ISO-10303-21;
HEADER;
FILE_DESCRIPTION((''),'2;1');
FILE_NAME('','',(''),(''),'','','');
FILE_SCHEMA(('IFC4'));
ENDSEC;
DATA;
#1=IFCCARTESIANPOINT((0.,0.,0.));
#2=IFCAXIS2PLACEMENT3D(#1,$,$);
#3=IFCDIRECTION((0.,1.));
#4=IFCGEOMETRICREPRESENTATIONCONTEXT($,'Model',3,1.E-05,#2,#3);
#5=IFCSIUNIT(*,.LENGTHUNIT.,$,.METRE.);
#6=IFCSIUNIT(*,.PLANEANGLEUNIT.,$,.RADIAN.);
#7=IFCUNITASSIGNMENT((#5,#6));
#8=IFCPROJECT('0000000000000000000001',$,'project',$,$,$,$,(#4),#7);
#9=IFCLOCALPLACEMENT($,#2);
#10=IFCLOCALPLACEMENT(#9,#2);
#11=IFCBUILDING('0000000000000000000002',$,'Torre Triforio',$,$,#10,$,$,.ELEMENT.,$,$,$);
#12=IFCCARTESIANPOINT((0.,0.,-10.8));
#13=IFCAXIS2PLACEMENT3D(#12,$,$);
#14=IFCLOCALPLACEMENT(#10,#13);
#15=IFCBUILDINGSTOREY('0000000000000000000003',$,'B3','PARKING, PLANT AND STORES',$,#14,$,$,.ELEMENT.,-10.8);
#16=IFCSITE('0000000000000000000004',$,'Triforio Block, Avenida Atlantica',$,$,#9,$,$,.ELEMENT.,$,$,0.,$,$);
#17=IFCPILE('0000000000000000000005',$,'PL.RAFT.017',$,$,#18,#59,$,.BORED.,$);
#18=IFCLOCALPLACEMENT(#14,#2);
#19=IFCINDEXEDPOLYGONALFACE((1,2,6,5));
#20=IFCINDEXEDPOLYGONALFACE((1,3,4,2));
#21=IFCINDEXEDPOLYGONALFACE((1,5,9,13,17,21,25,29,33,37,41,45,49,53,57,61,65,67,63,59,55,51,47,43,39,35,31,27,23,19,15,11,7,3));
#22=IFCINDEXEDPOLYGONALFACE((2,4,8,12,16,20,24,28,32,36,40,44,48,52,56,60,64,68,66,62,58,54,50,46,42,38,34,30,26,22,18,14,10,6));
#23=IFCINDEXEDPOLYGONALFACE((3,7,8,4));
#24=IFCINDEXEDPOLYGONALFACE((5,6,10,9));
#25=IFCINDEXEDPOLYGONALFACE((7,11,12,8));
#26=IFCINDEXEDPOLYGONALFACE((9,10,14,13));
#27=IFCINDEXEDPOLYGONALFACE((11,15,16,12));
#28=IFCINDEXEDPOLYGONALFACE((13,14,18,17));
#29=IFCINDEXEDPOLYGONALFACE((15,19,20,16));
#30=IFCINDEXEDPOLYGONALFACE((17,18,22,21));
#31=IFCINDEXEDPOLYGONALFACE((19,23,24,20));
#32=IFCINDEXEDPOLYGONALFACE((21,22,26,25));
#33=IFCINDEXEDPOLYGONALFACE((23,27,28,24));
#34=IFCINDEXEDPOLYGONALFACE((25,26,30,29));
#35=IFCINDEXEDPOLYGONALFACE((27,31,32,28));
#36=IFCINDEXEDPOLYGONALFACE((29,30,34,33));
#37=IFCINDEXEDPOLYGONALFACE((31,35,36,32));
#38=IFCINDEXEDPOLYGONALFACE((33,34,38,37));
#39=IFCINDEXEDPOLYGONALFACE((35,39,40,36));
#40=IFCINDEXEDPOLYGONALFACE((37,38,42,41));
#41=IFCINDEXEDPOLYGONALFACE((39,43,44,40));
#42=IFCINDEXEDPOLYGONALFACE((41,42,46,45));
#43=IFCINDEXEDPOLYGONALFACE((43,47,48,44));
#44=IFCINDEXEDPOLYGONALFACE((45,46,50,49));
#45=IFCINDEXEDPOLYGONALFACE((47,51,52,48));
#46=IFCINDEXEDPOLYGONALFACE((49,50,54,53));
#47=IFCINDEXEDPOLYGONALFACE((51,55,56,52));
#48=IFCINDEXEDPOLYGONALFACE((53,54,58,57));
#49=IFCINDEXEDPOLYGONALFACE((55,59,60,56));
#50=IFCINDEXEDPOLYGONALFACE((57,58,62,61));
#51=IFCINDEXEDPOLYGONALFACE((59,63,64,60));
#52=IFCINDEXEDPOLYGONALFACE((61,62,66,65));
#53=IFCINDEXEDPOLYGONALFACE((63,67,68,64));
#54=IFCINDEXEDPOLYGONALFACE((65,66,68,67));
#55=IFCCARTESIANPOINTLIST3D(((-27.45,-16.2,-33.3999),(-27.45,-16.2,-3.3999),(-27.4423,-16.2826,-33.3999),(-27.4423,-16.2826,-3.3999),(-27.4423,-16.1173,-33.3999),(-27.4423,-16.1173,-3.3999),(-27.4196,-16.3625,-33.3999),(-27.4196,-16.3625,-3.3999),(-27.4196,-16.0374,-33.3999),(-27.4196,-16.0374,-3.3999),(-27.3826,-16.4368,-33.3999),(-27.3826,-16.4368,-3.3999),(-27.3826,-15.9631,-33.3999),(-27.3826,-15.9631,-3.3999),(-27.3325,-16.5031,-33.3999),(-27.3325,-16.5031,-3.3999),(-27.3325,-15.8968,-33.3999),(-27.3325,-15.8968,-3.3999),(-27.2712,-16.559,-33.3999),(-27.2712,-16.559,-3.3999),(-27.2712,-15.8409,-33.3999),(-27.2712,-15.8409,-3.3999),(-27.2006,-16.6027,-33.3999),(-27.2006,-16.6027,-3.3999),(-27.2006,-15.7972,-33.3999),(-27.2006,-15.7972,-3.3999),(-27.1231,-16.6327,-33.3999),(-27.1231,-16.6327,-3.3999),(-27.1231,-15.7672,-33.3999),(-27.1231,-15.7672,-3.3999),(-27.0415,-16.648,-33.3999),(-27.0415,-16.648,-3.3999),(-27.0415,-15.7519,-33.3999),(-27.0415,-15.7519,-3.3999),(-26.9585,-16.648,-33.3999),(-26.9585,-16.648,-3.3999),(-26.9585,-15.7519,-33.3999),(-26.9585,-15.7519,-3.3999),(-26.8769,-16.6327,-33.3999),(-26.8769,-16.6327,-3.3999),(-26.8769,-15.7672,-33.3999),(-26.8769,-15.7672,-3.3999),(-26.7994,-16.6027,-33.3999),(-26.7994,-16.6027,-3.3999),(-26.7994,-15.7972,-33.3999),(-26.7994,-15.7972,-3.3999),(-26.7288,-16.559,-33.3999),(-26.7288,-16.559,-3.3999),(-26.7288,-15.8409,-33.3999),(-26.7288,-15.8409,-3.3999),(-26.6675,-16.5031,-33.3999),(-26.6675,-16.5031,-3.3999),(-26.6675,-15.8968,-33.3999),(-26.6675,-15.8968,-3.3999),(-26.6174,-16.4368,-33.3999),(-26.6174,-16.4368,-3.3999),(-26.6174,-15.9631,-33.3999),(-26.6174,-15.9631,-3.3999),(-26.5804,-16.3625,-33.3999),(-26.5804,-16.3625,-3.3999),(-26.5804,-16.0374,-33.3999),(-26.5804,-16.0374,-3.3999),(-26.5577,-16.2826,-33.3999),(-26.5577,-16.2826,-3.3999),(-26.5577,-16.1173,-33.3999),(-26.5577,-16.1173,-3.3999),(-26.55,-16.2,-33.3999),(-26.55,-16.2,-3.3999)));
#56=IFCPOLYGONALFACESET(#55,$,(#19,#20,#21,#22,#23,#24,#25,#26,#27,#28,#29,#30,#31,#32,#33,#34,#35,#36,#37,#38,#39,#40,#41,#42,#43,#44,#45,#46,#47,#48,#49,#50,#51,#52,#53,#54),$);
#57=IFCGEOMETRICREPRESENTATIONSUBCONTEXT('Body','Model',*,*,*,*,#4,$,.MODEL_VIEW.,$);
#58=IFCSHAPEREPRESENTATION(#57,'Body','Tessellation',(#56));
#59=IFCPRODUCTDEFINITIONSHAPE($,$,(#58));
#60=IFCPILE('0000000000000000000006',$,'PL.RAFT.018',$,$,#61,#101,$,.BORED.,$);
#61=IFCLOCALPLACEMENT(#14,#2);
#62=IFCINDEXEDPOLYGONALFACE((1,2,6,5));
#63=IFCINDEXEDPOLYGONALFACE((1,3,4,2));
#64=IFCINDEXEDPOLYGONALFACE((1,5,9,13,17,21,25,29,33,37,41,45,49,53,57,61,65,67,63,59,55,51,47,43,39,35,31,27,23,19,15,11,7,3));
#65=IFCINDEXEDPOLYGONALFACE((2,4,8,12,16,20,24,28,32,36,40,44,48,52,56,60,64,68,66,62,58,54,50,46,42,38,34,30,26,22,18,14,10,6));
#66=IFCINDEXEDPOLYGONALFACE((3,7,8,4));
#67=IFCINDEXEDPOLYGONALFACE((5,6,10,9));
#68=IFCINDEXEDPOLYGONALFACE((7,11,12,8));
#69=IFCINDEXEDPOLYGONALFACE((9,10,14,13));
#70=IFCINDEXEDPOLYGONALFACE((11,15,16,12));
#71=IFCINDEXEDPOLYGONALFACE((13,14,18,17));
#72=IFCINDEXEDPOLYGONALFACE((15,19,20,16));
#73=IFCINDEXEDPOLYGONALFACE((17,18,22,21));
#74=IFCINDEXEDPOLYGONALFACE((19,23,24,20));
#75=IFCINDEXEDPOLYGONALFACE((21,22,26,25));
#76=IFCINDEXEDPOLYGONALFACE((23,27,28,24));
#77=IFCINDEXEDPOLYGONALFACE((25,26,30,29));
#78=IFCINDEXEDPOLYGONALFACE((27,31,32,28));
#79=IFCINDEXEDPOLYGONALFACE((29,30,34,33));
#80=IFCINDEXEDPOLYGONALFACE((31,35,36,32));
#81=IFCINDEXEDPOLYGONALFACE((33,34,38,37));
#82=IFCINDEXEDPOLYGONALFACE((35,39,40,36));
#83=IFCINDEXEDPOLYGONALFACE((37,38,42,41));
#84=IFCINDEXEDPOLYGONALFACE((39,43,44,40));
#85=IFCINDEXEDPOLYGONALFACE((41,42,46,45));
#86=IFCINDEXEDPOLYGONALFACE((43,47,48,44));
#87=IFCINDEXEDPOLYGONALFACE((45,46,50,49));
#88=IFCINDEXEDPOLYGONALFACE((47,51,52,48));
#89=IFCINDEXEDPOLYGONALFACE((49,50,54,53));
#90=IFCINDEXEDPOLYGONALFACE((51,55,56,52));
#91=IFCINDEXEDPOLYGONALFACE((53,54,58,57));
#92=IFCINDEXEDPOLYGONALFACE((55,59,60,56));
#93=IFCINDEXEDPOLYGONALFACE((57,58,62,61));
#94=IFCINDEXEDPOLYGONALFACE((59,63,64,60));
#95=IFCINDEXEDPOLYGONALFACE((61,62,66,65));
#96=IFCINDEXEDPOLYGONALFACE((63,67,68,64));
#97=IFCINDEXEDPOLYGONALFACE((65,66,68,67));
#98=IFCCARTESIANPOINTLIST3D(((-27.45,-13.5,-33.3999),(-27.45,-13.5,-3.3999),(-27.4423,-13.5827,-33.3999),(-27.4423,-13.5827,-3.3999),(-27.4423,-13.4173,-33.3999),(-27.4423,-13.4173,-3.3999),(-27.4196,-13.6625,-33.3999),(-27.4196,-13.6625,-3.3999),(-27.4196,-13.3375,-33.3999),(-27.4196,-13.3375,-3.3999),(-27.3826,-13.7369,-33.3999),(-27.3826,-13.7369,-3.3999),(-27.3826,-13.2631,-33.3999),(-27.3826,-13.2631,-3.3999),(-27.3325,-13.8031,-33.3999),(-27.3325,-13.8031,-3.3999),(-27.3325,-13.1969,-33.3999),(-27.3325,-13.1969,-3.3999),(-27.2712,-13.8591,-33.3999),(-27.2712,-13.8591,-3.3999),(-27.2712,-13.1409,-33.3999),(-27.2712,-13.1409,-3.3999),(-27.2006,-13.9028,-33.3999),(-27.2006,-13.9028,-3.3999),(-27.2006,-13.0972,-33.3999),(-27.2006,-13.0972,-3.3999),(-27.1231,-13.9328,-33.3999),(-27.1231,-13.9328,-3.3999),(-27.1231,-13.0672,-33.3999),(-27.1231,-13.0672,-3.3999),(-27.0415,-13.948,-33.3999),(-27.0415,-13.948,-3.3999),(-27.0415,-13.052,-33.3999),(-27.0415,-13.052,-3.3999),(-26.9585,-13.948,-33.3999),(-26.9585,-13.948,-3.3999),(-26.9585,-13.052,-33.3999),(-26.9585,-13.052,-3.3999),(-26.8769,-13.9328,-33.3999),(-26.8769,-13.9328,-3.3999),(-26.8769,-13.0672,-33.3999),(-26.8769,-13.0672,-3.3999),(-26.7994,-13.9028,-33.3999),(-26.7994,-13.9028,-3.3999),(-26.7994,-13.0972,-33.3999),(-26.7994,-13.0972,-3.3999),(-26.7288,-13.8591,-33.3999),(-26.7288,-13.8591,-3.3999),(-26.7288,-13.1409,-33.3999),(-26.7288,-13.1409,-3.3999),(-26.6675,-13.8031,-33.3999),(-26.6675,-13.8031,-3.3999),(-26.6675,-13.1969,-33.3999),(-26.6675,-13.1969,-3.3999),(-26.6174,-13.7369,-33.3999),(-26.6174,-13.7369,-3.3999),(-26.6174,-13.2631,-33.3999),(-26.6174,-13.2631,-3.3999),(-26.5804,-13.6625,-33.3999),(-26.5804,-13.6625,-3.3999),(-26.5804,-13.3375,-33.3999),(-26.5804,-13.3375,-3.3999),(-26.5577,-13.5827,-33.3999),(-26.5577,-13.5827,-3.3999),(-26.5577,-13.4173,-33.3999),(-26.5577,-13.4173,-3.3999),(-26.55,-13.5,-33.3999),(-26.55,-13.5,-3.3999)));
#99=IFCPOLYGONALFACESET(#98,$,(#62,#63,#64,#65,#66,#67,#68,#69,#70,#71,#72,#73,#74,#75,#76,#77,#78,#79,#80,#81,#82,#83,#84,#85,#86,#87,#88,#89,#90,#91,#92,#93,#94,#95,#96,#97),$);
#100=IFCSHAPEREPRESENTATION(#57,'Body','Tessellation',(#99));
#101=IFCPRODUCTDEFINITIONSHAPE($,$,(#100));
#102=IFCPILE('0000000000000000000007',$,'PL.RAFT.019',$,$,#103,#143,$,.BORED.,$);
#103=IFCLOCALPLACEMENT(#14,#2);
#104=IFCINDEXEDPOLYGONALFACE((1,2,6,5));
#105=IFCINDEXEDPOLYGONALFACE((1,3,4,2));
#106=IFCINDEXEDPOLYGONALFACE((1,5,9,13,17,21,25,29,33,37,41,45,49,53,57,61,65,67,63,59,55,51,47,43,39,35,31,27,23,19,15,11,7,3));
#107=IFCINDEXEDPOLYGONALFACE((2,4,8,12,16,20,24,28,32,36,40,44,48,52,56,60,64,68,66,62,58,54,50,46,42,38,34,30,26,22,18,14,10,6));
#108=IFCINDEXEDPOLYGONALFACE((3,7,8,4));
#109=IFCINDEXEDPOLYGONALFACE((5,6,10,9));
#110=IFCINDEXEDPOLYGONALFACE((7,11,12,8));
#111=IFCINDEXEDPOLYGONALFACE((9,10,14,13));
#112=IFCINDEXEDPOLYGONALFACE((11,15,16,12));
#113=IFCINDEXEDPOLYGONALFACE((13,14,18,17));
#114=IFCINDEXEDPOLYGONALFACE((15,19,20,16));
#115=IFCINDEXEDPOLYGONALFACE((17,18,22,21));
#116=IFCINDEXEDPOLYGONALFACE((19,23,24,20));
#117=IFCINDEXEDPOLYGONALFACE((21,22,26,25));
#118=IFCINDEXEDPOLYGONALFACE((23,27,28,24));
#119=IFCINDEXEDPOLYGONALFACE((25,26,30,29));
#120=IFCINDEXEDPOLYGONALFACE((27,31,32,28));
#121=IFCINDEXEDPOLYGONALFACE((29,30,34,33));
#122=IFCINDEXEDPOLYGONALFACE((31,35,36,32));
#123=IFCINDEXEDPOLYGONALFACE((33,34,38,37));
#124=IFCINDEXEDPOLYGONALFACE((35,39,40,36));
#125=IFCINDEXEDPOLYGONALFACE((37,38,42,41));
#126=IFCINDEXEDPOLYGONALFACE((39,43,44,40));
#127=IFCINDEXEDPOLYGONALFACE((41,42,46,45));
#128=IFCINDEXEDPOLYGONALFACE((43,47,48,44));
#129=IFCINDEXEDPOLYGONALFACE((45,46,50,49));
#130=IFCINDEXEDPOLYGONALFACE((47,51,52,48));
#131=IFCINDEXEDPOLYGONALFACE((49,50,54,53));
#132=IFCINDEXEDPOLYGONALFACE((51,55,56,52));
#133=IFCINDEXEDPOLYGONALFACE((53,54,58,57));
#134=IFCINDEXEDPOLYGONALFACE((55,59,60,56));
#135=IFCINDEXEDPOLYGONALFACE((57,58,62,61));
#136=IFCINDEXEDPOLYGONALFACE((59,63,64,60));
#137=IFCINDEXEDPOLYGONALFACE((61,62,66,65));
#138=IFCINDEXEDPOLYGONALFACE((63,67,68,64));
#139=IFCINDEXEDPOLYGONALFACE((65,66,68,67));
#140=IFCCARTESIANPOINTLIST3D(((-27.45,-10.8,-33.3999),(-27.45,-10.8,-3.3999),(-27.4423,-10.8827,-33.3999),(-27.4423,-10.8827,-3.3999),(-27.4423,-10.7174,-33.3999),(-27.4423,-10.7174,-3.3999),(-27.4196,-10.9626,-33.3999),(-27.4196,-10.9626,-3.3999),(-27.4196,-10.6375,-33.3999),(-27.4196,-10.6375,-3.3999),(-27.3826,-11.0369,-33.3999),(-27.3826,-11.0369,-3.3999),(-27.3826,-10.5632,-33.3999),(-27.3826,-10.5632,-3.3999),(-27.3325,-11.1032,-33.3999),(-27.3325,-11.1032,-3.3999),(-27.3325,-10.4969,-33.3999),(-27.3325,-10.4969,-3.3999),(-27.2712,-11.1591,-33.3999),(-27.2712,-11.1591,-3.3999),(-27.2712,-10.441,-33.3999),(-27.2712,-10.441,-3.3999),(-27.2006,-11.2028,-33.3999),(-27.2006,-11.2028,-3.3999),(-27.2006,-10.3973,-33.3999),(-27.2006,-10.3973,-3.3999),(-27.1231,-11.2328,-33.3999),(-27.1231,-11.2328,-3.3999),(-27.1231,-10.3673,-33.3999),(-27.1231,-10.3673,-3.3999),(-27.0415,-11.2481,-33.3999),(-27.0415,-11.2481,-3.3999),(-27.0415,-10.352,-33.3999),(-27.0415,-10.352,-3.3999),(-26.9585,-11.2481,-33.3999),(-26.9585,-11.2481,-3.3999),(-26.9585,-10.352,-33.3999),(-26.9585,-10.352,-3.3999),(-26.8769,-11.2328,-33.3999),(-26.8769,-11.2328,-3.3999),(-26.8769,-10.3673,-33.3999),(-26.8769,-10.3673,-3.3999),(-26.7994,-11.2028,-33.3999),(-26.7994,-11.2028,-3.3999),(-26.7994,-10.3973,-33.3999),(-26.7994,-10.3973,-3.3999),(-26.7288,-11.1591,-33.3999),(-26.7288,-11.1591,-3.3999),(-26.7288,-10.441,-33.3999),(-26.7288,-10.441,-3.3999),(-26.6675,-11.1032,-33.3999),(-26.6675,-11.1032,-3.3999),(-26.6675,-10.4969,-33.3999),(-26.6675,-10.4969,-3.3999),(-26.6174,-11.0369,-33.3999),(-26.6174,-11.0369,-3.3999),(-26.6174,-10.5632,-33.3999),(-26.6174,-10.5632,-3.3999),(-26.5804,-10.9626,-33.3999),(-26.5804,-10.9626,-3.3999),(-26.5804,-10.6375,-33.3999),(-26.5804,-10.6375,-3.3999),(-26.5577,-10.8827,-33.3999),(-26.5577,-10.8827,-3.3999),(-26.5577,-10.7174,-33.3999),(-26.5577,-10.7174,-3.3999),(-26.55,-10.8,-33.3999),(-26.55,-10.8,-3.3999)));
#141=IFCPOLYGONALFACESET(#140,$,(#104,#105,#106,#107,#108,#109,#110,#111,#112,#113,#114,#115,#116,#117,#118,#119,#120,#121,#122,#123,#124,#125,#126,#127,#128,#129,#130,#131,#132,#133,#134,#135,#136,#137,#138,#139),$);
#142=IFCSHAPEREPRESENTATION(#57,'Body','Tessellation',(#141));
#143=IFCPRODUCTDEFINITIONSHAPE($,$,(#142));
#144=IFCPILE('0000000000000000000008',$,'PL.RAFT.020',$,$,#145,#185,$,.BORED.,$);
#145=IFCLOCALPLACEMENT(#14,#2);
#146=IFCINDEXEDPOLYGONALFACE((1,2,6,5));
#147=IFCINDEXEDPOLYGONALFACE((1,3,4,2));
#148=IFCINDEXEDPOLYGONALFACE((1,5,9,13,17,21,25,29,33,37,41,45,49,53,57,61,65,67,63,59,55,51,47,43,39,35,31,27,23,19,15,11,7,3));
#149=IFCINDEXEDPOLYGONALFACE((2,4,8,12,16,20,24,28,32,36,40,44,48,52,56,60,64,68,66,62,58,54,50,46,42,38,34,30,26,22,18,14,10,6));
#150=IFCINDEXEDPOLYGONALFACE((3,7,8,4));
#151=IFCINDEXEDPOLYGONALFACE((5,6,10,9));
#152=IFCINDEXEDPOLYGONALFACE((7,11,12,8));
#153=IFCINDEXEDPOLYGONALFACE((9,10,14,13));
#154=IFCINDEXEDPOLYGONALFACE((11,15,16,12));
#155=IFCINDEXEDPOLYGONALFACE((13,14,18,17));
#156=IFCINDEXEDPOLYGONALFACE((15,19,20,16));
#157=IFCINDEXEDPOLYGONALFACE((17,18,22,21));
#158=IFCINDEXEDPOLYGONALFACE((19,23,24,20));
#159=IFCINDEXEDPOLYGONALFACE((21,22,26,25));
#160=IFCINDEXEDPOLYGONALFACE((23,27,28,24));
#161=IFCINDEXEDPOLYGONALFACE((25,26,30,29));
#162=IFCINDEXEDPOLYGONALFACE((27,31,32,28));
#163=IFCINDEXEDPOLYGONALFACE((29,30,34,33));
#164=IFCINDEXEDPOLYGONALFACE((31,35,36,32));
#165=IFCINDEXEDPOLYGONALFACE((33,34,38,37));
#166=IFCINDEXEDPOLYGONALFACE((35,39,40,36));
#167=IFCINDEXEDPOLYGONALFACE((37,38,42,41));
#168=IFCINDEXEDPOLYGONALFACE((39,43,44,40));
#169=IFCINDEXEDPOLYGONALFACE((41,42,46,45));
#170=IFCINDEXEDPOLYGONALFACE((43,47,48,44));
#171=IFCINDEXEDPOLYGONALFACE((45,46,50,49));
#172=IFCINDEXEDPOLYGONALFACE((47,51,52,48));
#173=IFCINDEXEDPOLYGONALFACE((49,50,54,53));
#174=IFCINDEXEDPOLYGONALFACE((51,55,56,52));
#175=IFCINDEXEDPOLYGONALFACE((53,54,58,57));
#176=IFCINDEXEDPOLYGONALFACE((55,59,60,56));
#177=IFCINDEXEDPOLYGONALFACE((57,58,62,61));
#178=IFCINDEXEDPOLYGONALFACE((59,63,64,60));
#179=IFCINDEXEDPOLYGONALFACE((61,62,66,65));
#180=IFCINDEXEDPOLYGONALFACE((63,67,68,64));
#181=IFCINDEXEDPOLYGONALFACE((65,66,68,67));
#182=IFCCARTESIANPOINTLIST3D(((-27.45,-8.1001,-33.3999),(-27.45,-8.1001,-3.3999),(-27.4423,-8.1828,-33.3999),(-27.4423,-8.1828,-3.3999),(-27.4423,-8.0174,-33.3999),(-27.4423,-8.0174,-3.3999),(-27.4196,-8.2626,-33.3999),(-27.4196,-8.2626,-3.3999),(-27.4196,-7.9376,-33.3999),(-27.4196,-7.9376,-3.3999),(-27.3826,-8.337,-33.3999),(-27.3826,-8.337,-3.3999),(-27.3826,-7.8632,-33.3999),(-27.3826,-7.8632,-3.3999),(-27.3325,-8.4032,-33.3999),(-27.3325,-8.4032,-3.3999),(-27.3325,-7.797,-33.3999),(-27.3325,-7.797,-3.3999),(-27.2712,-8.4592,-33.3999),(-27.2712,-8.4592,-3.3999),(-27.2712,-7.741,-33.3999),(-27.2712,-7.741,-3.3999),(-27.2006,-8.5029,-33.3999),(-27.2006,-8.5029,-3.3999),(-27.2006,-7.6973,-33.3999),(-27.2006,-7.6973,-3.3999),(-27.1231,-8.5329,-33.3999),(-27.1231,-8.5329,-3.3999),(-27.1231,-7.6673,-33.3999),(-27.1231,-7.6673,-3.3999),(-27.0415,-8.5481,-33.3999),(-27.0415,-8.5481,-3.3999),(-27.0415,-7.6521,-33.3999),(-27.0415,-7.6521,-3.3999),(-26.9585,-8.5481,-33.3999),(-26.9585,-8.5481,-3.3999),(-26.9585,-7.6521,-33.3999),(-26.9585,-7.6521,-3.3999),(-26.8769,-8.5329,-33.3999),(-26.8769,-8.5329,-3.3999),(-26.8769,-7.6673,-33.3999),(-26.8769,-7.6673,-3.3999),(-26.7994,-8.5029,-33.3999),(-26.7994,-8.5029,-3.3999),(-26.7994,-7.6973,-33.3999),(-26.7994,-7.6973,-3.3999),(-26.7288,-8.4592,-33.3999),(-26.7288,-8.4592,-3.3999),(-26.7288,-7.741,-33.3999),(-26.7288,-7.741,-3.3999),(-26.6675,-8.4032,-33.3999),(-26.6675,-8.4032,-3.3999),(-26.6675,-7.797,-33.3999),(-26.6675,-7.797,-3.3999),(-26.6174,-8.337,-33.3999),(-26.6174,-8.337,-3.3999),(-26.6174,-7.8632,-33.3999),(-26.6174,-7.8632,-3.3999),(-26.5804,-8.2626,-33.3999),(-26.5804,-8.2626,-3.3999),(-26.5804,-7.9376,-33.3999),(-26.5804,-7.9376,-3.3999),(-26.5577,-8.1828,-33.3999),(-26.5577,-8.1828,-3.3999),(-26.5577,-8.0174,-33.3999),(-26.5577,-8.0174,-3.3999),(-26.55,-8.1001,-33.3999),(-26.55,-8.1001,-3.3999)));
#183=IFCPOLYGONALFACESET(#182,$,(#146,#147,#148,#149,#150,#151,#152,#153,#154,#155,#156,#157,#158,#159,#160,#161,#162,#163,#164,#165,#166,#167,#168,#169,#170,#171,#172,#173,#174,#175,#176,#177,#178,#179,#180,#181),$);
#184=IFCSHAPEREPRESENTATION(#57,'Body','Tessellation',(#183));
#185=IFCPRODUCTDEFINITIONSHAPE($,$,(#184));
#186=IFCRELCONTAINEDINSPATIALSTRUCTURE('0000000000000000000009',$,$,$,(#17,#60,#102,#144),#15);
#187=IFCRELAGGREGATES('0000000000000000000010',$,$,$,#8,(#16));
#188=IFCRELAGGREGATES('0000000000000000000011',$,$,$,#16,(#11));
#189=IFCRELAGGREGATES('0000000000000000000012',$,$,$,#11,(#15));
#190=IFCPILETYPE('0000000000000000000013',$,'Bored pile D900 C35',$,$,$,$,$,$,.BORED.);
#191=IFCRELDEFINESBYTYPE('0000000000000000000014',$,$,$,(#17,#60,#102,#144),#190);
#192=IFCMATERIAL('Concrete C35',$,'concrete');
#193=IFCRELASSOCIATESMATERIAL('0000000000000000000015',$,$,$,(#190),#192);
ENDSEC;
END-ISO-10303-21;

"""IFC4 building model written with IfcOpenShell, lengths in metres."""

from ifc_helpers import new_model, si_unit, direction, frame, origin, origin_2d, place, context, subcontext, project, spatial, circle, extrude, material, material_profile, profile_set, type_object, element, save


model = new_model("IFC4")

# Units and contexts
model_context = context("Model", 3, precision=1e-05, world=origin(), true_north=direction((0.0, 1.0)))
body_context = subcontext(model_context, "Body", "Model", "MODEL_VIEW")
ifc_project = project(units=[si_unit("LENGTHUNIT", "METRE"), si_unit("PLANEANGLEUNIT", "RADIAN")], contexts=[model_context])

# Site, building, storey
site_placement = place(None, origin())
site = spatial("IfcSite", under=ifc_project, at=site_placement, Name="Triforio Block, Avenida Atlantica", CompositionType="ELEMENT", RefElevation=0.0)
building_placement = place(site_placement, origin())
building = spatial("IfcBuilding", under=site, at=building_placement, Name="Torre Triforio", CompositionType="ELEMENT")
storey_placement = place(building_placement, frame((0.0, 0.0, -10.8)))
storey = spatial("IfcBuildingStorey", under=building, at=storey_placement, Name="B3", Description="PARKING, PLANT AND STORES", CompositionType="ELEMENT", Elevation=-10.8)

# Piles
ifc_material_1 = material(Name="Concrete C35", Category="concrete")
ifc_material_profile_1 = material_profile(ifc_material_1, circle(Radius=0.45, at=origin_2d()), Name="RC D900")
ifc_profile_set_1 = profile_set([ifc_material_profile_1], Name="Concrete C35")
pile_type = type_object("IfcPileType", Name="Bored pile D900 C35", PredefinedType="BORED", material=ifc_profile_set_1)
for number, where, z_axis, x_axis, name in (
    (1, (-27.0, -16.2, -3.3999), (0.0, 0.0, -1.0), (1.0, 0.0, 0.0), "PL.RAFT.017"),
    (2, (-27.0, -13.5, -3.3999), (0.0, 0.0, -1.0), (1.0, 0.0, 0.0), "PL.RAFT.018"),
    (3, (-27.0, -10.8, -3.3999), (0.0, 0.0, -1.0), (1.0, 0.0, 0.0), "PL.RAFT.019"),
    (4, (-27.0, -8.1001, -3.3999), (0.0, 0.0, -1.0), (1.0, 0.0, 0.0), "PL.RAFT.020"),
):
    element("IfcPile", number, at=place(storey_placement, frame(where, z_axis=z_axis, x_axis=x_axis)), inside=storey, type_object=pile_type, Name=name, PredefinedType="BORED", context=body_context, shape_type="SweptSolid", body=[
        extrude(circle(Radius=0.45, at=origin_2d()), origin(), (0.0, 0.0, 1.0), 30.0),
    ])

save(model, "model.ifc")
